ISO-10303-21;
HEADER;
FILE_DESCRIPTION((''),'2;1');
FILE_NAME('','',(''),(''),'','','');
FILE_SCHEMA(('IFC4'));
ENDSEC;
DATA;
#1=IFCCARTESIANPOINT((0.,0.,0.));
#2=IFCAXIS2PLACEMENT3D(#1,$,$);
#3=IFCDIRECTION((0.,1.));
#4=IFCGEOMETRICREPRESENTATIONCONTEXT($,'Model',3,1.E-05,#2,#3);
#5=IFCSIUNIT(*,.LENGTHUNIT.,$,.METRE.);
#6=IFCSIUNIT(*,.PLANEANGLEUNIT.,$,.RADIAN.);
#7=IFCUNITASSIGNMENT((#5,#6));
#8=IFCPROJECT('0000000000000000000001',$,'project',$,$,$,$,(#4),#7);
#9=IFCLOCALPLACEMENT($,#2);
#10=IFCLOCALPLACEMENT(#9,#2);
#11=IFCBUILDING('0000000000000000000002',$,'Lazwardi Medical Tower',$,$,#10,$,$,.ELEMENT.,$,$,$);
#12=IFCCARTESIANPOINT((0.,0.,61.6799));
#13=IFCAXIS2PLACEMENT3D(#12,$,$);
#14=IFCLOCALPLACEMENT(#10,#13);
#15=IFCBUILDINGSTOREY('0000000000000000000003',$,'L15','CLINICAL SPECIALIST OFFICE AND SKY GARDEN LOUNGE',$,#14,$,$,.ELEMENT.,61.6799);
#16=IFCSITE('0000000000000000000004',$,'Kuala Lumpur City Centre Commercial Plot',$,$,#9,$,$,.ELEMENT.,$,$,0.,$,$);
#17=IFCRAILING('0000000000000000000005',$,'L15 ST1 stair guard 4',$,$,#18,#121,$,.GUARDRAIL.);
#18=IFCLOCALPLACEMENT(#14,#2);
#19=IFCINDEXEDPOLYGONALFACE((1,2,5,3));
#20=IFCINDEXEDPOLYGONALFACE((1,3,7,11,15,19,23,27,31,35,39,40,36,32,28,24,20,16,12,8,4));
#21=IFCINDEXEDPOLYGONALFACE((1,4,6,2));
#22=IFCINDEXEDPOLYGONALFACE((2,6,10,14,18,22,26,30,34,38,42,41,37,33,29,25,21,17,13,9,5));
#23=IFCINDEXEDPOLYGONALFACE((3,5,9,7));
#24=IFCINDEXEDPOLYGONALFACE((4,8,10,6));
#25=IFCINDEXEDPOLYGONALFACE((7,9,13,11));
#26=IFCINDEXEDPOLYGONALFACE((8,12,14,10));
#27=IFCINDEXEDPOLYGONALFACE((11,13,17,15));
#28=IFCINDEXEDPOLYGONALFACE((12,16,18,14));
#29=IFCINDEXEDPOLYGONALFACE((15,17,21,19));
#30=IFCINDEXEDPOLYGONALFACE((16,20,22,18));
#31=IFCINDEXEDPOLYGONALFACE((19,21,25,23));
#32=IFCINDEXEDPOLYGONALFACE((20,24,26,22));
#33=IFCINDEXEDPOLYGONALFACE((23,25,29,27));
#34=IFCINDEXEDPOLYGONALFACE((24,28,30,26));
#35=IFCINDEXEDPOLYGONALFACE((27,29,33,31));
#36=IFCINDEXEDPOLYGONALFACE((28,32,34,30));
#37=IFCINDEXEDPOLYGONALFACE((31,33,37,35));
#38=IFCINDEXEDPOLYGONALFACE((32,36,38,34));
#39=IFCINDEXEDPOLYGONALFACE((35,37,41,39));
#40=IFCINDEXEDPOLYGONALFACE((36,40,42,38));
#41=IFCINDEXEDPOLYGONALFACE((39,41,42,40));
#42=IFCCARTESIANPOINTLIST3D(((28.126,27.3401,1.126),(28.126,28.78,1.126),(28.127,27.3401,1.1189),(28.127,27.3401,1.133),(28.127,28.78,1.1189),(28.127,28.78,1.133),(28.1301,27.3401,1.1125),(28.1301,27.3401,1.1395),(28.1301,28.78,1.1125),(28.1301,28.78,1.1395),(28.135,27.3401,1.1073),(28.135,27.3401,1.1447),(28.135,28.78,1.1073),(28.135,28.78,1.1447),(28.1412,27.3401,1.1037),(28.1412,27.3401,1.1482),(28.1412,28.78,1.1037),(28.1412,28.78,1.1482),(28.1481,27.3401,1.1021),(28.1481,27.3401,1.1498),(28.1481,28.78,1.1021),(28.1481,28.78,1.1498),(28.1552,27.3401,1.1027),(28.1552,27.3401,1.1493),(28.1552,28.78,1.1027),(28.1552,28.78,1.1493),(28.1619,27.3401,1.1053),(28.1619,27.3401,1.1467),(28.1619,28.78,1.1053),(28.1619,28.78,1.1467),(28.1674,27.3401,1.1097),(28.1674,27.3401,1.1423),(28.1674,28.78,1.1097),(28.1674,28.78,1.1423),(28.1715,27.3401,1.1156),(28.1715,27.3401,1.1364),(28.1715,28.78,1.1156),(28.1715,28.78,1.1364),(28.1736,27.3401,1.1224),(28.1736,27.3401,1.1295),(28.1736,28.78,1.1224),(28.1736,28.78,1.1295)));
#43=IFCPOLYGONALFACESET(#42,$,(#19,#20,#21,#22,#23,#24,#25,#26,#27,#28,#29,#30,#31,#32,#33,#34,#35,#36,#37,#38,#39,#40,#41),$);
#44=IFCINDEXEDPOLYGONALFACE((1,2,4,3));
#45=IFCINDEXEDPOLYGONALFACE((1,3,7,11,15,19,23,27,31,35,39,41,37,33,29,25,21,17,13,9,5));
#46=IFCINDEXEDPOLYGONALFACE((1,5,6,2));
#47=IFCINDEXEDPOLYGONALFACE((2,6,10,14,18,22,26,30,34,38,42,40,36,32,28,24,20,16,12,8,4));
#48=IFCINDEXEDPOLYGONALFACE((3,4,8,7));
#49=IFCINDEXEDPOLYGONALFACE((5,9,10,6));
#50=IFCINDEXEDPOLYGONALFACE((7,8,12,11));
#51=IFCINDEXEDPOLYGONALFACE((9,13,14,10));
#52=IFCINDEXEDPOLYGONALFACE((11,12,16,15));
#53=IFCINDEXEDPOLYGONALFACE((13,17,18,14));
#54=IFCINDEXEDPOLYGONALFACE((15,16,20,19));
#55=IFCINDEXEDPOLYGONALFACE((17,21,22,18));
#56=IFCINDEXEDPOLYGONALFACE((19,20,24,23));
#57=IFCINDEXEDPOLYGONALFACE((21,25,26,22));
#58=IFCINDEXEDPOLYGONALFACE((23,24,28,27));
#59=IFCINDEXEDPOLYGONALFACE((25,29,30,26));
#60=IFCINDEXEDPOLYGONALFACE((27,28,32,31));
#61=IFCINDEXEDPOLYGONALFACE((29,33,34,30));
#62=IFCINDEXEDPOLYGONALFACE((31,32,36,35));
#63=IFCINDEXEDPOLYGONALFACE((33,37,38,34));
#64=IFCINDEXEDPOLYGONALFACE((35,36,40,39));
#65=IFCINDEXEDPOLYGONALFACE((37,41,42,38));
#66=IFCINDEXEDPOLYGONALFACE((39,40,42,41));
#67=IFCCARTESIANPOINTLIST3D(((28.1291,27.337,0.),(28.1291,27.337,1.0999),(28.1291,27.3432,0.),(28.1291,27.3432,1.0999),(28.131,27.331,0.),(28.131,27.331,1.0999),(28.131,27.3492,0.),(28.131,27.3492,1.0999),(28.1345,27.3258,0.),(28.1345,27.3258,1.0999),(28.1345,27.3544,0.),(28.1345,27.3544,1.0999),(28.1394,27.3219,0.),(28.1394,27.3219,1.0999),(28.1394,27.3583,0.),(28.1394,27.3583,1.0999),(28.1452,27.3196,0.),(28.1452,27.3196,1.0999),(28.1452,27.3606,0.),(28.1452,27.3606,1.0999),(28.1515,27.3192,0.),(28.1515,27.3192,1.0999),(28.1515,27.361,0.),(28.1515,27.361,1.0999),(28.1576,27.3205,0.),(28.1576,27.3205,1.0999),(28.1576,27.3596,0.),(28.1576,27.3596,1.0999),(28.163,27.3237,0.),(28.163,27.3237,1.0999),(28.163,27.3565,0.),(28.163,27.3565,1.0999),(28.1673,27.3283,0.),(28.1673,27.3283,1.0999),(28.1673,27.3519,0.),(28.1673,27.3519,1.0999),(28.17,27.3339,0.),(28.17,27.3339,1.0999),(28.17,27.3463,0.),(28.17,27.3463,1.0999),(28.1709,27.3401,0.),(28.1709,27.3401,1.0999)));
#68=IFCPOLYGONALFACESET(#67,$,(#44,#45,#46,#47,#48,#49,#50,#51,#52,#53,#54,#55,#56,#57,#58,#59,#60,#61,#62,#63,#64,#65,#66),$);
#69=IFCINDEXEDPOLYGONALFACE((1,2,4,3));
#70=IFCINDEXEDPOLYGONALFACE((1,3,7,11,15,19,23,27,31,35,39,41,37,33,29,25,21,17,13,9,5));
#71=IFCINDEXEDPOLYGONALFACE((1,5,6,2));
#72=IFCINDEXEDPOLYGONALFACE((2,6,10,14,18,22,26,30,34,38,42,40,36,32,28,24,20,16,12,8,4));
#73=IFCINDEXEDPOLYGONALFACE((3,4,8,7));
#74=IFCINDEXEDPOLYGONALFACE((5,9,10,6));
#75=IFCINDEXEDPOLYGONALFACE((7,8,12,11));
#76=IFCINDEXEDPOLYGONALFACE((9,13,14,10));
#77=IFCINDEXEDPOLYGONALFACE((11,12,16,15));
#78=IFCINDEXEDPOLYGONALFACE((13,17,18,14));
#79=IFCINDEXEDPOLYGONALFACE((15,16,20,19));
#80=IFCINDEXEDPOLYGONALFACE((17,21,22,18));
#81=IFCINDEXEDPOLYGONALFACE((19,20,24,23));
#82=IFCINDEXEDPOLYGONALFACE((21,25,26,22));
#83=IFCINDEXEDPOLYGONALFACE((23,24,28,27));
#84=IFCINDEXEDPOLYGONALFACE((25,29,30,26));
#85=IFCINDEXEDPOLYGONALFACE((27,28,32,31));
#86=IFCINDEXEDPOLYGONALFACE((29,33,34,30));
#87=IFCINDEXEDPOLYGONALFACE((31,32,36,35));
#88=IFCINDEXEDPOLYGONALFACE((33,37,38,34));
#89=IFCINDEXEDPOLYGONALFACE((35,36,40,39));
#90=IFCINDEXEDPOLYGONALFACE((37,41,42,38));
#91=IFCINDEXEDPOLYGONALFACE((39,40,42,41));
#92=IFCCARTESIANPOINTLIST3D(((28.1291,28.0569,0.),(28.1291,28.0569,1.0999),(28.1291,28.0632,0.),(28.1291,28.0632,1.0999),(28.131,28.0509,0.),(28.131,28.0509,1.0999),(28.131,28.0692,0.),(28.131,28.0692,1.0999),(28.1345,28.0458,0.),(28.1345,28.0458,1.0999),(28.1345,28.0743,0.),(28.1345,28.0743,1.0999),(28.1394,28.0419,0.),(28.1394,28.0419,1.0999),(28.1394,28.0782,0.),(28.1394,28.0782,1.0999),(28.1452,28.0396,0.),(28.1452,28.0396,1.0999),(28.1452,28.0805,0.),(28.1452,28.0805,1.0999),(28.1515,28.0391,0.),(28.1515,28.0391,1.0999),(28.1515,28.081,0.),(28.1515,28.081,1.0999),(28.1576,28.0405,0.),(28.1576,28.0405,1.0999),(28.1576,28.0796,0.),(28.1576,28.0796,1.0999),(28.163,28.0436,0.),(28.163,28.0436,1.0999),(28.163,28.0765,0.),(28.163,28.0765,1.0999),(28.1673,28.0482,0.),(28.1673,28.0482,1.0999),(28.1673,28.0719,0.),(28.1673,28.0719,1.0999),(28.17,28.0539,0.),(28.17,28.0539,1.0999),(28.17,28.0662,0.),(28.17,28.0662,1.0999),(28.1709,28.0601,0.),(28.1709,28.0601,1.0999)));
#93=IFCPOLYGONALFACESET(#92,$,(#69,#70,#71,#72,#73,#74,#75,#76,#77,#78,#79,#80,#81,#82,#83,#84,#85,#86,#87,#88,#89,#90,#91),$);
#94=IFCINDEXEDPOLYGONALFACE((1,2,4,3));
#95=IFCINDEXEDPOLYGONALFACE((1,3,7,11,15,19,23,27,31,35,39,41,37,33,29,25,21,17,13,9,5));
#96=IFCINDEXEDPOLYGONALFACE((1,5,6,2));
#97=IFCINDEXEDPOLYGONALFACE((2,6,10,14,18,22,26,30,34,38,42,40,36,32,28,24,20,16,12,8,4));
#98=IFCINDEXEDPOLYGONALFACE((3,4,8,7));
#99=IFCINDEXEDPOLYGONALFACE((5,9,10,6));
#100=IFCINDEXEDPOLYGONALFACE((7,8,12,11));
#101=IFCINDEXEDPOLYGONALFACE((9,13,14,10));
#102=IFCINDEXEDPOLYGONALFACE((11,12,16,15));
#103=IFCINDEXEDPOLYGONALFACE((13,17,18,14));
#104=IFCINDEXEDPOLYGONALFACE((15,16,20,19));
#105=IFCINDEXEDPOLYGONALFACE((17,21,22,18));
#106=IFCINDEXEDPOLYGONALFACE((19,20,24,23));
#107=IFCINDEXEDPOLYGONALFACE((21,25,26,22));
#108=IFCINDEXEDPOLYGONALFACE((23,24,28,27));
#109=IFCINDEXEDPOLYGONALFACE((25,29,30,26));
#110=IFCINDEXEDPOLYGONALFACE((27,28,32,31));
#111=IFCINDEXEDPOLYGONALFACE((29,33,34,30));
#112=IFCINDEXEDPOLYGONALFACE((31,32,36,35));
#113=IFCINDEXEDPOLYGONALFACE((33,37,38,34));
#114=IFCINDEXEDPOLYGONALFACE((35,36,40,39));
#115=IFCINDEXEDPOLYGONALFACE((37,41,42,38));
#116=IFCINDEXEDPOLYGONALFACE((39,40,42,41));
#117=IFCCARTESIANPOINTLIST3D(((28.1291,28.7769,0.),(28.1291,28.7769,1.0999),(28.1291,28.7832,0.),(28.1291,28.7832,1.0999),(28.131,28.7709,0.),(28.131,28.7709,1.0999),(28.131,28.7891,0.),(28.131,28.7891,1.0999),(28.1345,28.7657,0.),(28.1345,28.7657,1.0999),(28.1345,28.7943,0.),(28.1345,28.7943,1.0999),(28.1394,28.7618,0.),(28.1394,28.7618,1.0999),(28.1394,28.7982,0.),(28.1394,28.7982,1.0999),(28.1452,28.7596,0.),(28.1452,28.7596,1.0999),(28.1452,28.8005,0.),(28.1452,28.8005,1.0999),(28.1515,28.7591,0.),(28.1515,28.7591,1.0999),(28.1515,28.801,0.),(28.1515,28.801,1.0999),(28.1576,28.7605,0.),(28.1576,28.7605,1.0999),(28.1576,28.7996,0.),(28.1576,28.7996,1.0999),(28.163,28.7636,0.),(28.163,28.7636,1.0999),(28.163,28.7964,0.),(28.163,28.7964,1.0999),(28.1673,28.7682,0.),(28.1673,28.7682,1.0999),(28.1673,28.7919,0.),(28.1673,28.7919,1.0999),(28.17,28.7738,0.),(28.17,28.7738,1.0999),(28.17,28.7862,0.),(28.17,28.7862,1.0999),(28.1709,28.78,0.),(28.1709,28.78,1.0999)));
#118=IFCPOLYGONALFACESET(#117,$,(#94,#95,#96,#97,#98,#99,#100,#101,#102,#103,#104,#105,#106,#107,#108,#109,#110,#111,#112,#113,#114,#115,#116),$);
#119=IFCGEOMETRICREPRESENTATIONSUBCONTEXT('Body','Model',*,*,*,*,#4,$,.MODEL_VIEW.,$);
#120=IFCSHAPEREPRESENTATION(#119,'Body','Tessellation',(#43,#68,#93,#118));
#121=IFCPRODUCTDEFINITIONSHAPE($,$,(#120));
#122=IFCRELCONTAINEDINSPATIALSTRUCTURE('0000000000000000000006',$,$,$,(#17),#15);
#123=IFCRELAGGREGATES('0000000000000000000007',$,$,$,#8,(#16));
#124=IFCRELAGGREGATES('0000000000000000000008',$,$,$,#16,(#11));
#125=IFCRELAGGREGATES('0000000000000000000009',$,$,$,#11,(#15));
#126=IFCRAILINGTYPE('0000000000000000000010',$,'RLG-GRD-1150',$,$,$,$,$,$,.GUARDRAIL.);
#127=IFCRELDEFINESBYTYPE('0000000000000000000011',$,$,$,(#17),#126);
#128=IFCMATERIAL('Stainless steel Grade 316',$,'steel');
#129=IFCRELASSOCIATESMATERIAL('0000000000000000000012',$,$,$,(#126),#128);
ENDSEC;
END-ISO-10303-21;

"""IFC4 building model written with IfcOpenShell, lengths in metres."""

from ifc_helpers import new_model, si_unit, direction, frame, origin, origin_2d, place, context, subcontext, project, spatial, circle, extrude, material, type_object, element, save


model = new_model("IFC4")

# Units and contexts
model_context = context("Model", 3, precision=1e-05, world=origin(), true_north=direction((0.0, 1.0)))
body_context = subcontext(model_context, "Body", "Model", "MODEL_VIEW")
ifc_project = project(units=[si_unit("LENGTHUNIT", "METRE"), si_unit("PLANEANGLEUNIT", "RADIAN")], contexts=[model_context])

# Site, building, storey
site_placement = place(None, origin())
site = spatial("IfcSite", under=ifc_project, at=site_placement, Name="Kuala Lumpur City Centre Commercial Plot", CompositionType="ELEMENT", RefElevation=0.0)
building_placement = place(site_placement, origin())
building = spatial("IfcBuilding", under=site, at=building_placement, Name="Lazwardi Medical Tower", CompositionType="ELEMENT")
storey_placement = place(building_placement, frame((0.0, 0.0, 61.6799)))
storey = spatial("IfcBuildingStorey", under=building, at=storey_placement, Name="L15", Description="CLINICAL SPECIALIST OFFICE AND SKY GARDEN LOUNGE", CompositionType="ELEMENT", Elevation=61.6799)

# Railing
ifc_material_1 = material(Name="Stainless steel Grade 316", Category="steel")
railing_type_1 = type_object("IfcRailingType", Name="RLG-GRD-1150", PredefinedType="GUARDRAIL", material=ifc_material_1)
railing_1_placement = place(storey_placement, frame((28.1499, 27.3401, 0.0)))
element("IfcRailing", 1, at=railing_1_placement, inside=storey, type_object=railing_type_1, Name="L15 ST1 stair guard 4", PredefinedType="GUARDRAIL", context=body_context, shape_type="SweptSolid", body=[
    extrude(circle(Radius=0.0239, at=origin_2d()), frame((0.0, 0.0, 1.126), z_axis=(0.0, 1.0, 0.0), x_axis=(-1.0, 0.0, 0.0)), (0.0, 0.0, 1.0), 1.4399),
    extrude(circle(Radius=0.021, at=origin_2d()), origin(), (0.0, 0.0, 1.0), 1.0999),
    extrude(circle(Radius=0.021, at=origin_2d()), frame((0.0, 0.72, 0.0)), (0.0, 0.0, 1.0), 1.0999),
    extrude(circle(Radius=0.021, at=origin_2d()), frame((0.0, 1.4399, 0.0)), (0.0, 0.0, 1.0), 1.0999),
])

save(model, "model.ifc")
